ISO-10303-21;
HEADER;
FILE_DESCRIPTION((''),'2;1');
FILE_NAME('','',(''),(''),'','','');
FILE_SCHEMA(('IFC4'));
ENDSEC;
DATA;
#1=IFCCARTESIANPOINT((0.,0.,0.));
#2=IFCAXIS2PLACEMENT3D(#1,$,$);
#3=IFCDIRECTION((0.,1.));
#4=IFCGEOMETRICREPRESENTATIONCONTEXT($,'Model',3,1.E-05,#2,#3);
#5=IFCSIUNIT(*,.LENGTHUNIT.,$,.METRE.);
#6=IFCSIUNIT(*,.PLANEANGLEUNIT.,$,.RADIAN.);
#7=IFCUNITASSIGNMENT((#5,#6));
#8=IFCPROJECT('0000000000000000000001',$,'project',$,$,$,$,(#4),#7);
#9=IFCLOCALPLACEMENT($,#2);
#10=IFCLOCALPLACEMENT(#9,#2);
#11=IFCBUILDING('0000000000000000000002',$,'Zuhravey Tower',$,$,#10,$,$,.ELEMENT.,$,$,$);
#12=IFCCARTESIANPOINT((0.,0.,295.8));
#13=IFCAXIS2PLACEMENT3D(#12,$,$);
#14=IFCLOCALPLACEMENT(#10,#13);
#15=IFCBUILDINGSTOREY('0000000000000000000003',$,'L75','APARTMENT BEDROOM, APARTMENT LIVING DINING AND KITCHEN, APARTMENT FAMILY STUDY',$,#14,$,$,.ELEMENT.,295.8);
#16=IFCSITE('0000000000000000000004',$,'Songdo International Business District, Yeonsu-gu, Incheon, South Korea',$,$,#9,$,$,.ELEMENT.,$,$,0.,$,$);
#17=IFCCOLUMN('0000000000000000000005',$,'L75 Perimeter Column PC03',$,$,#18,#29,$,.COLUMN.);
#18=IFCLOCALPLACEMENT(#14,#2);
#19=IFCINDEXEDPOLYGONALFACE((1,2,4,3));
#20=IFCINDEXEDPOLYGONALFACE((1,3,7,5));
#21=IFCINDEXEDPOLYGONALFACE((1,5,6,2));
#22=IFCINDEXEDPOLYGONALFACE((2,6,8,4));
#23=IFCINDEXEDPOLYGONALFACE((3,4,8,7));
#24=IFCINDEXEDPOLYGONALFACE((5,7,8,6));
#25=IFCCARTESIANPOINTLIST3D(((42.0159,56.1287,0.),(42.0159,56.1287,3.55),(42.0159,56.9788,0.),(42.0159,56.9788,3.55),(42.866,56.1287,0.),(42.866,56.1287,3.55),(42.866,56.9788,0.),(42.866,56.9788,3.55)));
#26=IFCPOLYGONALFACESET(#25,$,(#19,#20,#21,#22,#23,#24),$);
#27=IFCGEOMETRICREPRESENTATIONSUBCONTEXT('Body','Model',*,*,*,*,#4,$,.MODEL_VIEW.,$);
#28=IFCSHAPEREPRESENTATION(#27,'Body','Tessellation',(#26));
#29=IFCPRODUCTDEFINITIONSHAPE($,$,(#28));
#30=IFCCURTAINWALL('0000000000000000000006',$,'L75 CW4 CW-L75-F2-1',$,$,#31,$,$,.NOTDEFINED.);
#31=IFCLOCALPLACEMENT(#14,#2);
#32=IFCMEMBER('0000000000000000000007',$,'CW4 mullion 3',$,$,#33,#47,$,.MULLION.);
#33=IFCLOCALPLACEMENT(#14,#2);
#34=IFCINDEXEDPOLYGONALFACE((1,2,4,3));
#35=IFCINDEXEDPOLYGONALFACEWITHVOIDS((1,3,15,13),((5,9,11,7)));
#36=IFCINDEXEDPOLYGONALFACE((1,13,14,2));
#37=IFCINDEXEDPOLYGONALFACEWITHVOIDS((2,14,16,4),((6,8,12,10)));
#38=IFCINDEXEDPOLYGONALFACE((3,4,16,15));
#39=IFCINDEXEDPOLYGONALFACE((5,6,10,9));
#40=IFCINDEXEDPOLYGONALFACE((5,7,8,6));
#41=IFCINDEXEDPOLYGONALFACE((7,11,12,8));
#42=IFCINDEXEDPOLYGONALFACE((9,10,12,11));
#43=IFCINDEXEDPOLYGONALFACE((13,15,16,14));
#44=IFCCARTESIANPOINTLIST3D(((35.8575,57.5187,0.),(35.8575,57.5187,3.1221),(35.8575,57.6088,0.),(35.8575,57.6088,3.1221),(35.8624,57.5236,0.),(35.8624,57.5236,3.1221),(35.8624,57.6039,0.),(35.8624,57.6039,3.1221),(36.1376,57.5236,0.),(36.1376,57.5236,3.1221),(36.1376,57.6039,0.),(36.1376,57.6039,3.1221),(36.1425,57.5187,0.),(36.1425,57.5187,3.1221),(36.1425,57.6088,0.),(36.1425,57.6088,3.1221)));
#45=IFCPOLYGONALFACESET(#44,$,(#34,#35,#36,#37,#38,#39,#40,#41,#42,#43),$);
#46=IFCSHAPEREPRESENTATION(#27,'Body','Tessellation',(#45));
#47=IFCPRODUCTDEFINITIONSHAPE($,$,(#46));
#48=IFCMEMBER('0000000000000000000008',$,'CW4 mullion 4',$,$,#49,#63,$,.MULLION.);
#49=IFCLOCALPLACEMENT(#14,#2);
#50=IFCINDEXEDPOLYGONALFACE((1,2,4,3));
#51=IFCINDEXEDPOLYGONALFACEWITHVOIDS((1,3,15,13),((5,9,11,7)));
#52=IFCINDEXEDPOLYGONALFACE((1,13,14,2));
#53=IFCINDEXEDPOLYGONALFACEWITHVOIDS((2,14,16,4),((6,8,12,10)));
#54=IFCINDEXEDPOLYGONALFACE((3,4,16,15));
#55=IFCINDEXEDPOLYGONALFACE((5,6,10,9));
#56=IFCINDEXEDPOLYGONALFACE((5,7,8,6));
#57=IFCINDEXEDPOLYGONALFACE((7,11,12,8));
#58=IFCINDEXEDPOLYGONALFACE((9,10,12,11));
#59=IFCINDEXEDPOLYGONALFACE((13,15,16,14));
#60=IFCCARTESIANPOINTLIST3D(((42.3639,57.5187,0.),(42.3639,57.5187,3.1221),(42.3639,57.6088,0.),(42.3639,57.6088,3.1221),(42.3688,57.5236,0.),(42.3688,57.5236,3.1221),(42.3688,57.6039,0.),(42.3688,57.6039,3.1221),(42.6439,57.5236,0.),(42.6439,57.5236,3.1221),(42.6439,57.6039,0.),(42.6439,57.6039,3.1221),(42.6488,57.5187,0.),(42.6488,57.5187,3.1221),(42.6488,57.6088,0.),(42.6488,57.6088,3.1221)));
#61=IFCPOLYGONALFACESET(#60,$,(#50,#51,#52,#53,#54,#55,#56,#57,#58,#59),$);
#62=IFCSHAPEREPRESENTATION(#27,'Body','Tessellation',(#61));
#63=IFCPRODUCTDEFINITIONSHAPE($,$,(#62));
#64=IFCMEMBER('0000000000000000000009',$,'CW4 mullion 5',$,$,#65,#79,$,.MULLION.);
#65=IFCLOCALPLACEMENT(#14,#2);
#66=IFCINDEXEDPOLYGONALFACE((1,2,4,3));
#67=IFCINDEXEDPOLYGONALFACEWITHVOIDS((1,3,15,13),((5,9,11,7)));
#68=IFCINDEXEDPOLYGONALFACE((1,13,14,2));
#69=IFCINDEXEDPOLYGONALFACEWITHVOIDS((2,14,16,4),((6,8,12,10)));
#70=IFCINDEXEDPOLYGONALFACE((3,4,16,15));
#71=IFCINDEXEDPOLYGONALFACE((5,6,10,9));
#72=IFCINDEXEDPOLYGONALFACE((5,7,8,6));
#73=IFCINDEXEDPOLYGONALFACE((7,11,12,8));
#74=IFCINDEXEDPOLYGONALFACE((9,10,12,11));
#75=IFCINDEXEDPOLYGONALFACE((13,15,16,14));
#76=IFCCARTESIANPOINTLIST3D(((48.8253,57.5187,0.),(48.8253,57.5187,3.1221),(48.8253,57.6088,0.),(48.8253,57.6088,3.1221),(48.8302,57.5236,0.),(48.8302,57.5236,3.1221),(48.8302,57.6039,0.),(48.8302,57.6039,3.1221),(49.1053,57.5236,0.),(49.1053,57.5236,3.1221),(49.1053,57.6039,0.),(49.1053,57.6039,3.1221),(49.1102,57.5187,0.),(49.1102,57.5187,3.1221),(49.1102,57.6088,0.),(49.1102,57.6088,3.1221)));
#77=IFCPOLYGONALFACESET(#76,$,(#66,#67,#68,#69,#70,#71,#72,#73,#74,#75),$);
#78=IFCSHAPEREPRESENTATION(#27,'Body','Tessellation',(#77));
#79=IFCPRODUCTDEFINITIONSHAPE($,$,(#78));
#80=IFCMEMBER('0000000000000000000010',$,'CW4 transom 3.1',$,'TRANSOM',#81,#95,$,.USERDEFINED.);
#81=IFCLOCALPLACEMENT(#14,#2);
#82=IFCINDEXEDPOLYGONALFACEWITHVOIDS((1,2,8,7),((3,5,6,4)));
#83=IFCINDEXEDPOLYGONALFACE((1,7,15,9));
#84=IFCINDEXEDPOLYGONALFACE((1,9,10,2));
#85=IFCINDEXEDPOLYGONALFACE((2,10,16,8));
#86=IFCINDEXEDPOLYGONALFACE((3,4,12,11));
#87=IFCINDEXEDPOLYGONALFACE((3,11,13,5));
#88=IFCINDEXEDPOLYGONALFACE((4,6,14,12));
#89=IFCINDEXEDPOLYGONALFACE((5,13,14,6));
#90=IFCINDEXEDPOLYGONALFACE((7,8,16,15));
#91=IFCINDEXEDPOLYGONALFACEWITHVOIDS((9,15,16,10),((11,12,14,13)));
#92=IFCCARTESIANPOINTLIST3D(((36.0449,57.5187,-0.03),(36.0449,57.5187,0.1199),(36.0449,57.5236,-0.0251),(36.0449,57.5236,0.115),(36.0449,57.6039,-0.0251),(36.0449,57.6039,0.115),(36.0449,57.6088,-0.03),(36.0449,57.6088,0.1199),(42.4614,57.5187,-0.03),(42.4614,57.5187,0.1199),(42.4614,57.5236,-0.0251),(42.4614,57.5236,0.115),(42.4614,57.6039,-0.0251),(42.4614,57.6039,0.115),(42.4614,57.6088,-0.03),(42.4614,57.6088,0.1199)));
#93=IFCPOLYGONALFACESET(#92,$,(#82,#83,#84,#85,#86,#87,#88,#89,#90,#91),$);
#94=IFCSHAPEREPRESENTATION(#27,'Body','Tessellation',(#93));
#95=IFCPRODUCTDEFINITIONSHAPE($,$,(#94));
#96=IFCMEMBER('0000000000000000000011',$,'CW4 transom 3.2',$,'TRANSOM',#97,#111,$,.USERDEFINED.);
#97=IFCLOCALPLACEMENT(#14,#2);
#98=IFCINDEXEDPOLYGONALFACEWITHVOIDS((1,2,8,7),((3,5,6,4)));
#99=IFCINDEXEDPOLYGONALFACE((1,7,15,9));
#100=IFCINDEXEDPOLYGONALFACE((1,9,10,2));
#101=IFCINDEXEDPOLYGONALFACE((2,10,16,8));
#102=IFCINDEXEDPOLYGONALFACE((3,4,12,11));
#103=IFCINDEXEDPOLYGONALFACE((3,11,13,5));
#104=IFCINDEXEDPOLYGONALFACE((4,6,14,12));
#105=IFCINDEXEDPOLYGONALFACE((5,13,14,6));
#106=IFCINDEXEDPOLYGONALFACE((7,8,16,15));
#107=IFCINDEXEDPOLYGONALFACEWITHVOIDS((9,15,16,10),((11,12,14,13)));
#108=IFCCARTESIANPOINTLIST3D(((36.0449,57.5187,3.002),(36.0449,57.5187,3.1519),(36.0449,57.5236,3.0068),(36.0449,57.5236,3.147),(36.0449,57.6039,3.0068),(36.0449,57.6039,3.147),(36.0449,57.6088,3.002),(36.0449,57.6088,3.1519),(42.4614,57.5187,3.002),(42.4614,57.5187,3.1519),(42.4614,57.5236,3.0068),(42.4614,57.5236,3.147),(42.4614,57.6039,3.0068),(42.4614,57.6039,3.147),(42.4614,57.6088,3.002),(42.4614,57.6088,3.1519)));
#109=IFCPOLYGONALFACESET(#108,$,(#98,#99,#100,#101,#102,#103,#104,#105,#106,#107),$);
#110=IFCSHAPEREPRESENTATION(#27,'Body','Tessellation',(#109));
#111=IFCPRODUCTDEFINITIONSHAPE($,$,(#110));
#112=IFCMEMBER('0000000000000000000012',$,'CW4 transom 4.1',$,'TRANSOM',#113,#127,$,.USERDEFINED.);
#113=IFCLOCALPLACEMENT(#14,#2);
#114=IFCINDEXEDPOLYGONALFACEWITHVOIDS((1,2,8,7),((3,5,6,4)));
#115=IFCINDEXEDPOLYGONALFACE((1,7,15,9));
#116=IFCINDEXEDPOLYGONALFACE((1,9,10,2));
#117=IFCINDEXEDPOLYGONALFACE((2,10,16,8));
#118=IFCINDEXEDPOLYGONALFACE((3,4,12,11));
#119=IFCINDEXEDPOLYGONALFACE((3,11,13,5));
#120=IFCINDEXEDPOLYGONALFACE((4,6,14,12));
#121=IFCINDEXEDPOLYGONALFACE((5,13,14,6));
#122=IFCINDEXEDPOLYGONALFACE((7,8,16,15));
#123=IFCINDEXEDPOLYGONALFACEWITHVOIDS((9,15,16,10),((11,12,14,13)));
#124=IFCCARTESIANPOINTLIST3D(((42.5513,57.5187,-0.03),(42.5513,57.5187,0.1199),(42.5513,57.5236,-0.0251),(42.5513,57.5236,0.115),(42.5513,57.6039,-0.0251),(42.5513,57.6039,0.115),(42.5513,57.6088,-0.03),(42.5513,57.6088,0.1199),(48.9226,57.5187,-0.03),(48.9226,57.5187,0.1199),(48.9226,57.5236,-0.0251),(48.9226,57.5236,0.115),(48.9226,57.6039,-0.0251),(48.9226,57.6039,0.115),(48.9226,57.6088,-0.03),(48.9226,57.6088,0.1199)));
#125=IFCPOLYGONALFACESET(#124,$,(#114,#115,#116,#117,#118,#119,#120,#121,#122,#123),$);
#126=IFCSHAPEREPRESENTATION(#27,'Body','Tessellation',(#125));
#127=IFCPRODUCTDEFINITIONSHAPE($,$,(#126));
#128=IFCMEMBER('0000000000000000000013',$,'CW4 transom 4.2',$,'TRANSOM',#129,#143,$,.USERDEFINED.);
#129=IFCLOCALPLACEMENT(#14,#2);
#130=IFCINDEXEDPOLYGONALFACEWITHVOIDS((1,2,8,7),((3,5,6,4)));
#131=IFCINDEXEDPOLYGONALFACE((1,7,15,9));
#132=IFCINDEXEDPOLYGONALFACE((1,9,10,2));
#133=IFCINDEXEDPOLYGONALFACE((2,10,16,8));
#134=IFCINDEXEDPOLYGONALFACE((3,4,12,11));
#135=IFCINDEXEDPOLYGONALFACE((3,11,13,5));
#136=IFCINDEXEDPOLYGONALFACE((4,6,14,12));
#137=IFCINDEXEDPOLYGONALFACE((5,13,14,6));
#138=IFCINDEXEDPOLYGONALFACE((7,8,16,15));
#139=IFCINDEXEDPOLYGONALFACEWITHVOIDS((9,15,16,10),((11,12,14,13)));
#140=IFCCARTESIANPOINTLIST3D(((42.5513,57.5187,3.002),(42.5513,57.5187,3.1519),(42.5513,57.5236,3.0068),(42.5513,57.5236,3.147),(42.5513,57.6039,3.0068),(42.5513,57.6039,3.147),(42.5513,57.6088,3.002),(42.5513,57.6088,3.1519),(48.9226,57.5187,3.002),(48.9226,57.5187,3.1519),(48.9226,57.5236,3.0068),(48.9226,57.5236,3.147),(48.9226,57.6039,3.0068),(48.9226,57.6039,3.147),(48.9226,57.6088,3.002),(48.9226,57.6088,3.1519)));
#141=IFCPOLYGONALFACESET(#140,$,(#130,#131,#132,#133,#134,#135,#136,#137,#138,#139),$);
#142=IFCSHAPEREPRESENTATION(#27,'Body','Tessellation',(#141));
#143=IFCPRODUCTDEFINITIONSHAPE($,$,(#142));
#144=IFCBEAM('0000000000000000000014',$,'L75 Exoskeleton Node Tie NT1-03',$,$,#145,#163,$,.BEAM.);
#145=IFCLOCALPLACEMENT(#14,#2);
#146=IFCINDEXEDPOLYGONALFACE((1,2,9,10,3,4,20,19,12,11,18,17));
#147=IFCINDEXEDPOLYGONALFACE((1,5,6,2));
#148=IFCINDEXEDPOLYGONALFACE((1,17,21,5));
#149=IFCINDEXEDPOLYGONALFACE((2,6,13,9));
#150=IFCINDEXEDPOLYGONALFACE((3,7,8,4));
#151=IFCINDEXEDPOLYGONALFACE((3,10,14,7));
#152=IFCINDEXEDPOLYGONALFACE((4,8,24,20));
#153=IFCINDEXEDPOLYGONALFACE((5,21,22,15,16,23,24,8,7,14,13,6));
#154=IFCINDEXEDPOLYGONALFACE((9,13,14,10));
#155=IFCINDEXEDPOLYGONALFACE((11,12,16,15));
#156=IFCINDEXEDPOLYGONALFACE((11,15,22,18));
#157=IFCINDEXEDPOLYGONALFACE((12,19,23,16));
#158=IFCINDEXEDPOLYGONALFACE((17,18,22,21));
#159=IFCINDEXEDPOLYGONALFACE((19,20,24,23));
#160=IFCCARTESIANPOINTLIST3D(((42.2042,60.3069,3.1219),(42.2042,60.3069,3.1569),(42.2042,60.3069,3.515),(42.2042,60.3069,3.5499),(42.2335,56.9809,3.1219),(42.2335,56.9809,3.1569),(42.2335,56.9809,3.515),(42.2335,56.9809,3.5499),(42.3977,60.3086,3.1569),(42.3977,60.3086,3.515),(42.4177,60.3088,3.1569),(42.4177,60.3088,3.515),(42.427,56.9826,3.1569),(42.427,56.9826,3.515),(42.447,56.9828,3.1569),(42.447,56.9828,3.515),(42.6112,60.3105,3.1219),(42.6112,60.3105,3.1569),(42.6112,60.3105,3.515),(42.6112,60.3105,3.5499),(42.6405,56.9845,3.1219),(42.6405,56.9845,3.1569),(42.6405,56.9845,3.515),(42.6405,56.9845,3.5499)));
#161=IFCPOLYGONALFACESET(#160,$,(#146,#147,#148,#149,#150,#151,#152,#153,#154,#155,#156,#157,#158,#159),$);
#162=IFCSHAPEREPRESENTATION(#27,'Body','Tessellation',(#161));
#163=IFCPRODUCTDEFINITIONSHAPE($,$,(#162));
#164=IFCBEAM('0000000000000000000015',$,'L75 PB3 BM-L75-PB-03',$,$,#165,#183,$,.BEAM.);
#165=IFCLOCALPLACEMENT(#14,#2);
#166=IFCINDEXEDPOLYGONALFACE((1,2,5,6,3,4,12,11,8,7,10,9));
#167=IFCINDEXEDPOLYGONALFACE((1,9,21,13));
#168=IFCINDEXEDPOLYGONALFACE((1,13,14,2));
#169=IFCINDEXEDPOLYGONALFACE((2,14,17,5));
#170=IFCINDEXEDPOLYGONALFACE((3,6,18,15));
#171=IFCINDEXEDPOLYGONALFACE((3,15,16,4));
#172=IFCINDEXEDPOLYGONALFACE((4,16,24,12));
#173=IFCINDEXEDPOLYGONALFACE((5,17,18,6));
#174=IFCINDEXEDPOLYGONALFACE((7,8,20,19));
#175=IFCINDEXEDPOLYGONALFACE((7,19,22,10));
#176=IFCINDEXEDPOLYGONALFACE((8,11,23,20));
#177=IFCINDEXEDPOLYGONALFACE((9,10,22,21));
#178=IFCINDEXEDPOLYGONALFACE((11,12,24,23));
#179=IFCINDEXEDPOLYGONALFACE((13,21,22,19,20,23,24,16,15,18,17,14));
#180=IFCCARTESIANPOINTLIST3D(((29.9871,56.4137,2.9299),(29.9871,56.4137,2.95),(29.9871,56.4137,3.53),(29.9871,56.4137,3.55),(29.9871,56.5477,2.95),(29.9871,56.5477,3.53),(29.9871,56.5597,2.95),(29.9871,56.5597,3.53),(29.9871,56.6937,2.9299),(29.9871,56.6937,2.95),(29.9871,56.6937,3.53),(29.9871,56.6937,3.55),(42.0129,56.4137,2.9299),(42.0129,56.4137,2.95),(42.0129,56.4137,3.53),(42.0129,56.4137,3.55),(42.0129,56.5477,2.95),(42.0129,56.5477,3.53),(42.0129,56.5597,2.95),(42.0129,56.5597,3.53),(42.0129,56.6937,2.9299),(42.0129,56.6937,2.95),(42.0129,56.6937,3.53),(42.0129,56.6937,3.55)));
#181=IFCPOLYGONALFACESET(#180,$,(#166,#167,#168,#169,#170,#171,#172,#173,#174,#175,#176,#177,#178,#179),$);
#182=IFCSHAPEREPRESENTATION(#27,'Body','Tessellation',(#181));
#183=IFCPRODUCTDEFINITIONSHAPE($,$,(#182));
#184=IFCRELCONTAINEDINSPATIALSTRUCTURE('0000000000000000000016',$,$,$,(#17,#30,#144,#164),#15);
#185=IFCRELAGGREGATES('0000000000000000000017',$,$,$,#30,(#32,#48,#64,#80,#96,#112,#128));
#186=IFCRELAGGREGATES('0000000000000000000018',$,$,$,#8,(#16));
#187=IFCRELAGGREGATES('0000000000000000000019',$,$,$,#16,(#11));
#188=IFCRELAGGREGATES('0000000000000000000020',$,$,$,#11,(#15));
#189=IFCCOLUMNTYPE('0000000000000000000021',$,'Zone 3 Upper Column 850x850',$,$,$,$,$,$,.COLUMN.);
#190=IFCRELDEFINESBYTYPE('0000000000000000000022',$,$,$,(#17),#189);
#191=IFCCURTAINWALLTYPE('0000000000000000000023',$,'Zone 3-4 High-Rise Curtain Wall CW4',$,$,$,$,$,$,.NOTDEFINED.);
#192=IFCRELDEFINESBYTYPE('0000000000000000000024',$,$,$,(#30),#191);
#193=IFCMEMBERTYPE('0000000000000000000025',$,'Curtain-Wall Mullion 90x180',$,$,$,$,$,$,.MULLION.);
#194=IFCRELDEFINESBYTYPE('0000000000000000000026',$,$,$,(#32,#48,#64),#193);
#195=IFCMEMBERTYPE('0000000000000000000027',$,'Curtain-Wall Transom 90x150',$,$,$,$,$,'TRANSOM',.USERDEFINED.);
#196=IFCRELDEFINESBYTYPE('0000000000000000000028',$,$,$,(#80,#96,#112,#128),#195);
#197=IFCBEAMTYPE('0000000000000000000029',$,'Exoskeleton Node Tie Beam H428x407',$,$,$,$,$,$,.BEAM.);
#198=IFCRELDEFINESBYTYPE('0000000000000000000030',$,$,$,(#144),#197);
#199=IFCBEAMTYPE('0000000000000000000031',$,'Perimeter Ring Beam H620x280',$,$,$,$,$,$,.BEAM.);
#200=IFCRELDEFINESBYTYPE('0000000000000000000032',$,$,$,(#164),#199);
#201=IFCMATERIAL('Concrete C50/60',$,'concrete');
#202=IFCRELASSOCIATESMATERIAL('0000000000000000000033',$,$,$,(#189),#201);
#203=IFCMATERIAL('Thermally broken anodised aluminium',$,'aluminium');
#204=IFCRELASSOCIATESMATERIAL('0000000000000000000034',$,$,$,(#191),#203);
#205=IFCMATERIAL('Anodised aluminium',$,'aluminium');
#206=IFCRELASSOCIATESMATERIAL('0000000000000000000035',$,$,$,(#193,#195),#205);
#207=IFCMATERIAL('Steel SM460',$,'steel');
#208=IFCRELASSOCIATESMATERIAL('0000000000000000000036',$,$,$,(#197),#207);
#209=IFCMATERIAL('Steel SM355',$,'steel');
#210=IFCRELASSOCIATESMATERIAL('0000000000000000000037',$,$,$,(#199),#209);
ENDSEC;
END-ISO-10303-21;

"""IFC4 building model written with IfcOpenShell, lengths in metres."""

from ifc_helpers import new_model, si_unit, direction, frame, origin, origin_2d, place, context, subcontext, project, spatial, rectangle, hollow_rectangle, i_section, extrude, material, material_profile, profile_set, type_object, element, aggregate, save


model = new_model("IFC4")

# Units and contexts
model_context = context("Model", 3, precision=1e-05, world=origin(), true_north=direction((0.0, 1.0)))
body_context = subcontext(model_context, "Body", "Model", "MODEL_VIEW")
ifc_project = project(units=[si_unit("LENGTHUNIT", "METRE"), si_unit("PLANEANGLEUNIT", "RADIAN")], contexts=[model_context])

# Site, building, storey
site_placement = place(None, origin())
site = spatial("IfcSite", under=ifc_project, at=site_placement, Name="Songdo International Business District, Yeonsu-gu, Incheon, South Korea", CompositionType="ELEMENT", RefElevation=0.0)
building_placement = place(site_placement, origin())
building = spatial("IfcBuilding", under=site, at=building_placement, Name="Zuhravey Tower", CompositionType="ELEMENT")
storey_placement = place(building_placement, frame((0.0, 0.0, 295.8)))
storey = spatial("IfcBuildingStorey", under=building, at=storey_placement, Name="L75", Description="APARTMENT BEDROOM, APARTMENT LIVING DINING AND KITCHEN, APARTMENT FAMILY STUDY", CompositionType="ELEMENT", Elevation=295.8)

# Column
ifc_material_1 = material(Name="Concrete C50/60", Category="concrete")
ifc_material_profile_1 = material_profile(ifc_material_1, rectangle(XDim=0.8501, YDim=0.8501, at=origin_2d()), Name="RC-850x850")
ifc_profile_set_1 = profile_set([ifc_material_profile_1], Name="Concrete C50/60")
column_type = type_object("IfcColumnType", Name="Zone 3 Upper Column 850x850", PredefinedType="COLUMN", material=ifc_profile_set_1)
column_placement = place(storey_placement, frame((42.4409, 56.5537, 0.0), z_axis=(0.0, 0.0, 1.0), x_axis=(-1.0, 0.0, 0.0)))
element("IfcColumn", 1, at=column_placement, inside=storey, type_object=column_type, Name="L75 Perimeter Column PC03", PredefinedType="COLUMN", context=body_context, shape_type="SweptSolid", body=[
    extrude(rectangle(XDim=0.8501, YDim=0.8501, at=origin_2d()), origin(), (0.0, 0.0, 1.0), 3.55),
])

# Curtain wall, members
ifc_material_2 = material(Name="Thermally broken anodised aluminium", Category="aluminium")
curtain_wall_type = type_object("IfcCurtainWallType", Name="Zone 3-4 High-Rise Curtain Wall CW4", PredefinedType="NOTDEFINED", material=ifc_material_2)
curtain_wall_placement = place(storey_placement, origin())
curtain_wall = element("IfcCurtainWall", 2, at=curtain_wall_placement, inside=storey, type_object=curtain_wall_type, Name="L75 CW4 CW-L75-F2-1", PredefinedType="NOTDEFINED")
ifc_material_3 = material(Name="Anodised aluminium", Category="aluminium")
ifc_material_profile_2 = material_profile(ifc_material_3, hollow_rectangle(XDim=0.0901, YDim=0.2849, WallThickness=0.0049, at=origin_2d()), Name="ALU-RHS-90x285x5")
ifc_profile_set_2 = profile_set([ifc_material_profile_2], Name="Anodised aluminium")
member_type_1 = type_object("IfcMemberType", Name="Curtain-Wall Mullion 90x180", PredefinedType="MULLION", material=ifc_profile_set_2)
member_1_placement = place(storey_placement, frame((36.0, 57.5637, 0.0), z_axis=(0.0, 0.0, 1.0), x_axis=(0.0, 1.0, 0.0)))
member_1 = element("IfcMember", 3, at=member_1_placement, type_object=member_type_1, Name="CW4 mullion 3", PredefinedType="MULLION", context=body_context, shape_type="SweptSolid", body=[
    extrude(hollow_rectangle(XDim=0.0901, YDim=0.2849, WallThickness=0.0049, at=origin_2d()), origin(), (0.0, 0.0, 1.0), 3.1221),
])
member_2_placement = place(storey_placement, frame((42.5063, 57.5637, 0.0), z_axis=(0.0, 0.0, 1.0), x_axis=(0.0, 1.0, 0.0)))
member_2 = element("IfcMember", 4, at=member_2_placement, type_object=member_type_1, Name="CW4 mullion 4", PredefinedType="MULLION", context=body_context, shape_type="SweptSolid", body=[
    extrude(hollow_rectangle(XDim=0.0901, YDim=0.2849, WallThickness=0.0049, at=origin_2d()), origin(), (0.0, 0.0, 1.0), 3.1221),
])
member_3_placement = place(storey_placement, frame((48.9678, 57.5637, 0.0), z_axis=(0.0, 0.0, 1.0), x_axis=(0.0, 1.0, 0.0)))
member_3 = element("IfcMember", 5, at=member_3_placement, type_object=member_type_1, Name="CW4 mullion 5", PredefinedType="MULLION", context=body_context, shape_type="SweptSolid", body=[
    extrude(hollow_rectangle(XDim=0.0901, YDim=0.2849, WallThickness=0.0049, at=origin_2d()), origin(), (0.0, 0.0, 1.0), 3.1221),
])
ifc_material_profile_3 = material_profile(ifc_material_3, hollow_rectangle(XDim=0.0901, YDim=0.1499, WallThickness=0.0049, at=origin_2d()), Name="ALU-RHS-90x150x5")
ifc_profile_set_3 = profile_set([ifc_material_profile_3], Name="Anodised aluminium")
member_type_2 = type_object("IfcMemberType", Name="Curtain-Wall Transom 90x150", ElementType="TRANSOM", PredefinedType="USERDEFINED", material=ifc_profile_set_3)
member_4_placement = place(storey_placement, frame((36.0449, 57.5637, 0.0449), z_axis=(1.0, 0.0, 0.0), x_axis=(0.0, 1.0, 0.0)))
member_4 = element("IfcMember", 6, at=member_4_placement, type_object=member_type_2, Name="CW4 transom 3.1", ObjectType="TRANSOM", PredefinedType="USERDEFINED", context=body_context, shape_type="SweptSolid", body=[
    extrude(hollow_rectangle(XDim=0.0901, YDim=0.1499, WallThickness=0.0049, at=origin_2d()), origin(), (0.0, 0.0, 1.0), 6.4165),
])
member_5_placement = place(storey_placement, frame((36.0449, 57.5637, 3.0769), z_axis=(1.0, 0.0, 0.0), x_axis=(0.0, 1.0, 0.0)))
member_5 = element("IfcMember", 7, at=member_5_placement, type_object=member_type_2, Name="CW4 transom 3.2", ObjectType="TRANSOM", PredefinedType="USERDEFINED", context=body_context, shape_type="SweptSolid", body=[
    extrude(hollow_rectangle(XDim=0.0901, YDim=0.1499, WallThickness=0.0049, at=origin_2d()), origin(), (0.0, 0.0, 1.0), 6.4165),
])
member_6_placement = place(storey_placement, frame((42.5513, 57.5637, 0.0449), z_axis=(1.0, 0.0, 0.0), x_axis=(0.0, 1.0, 0.0)))
member_6 = element("IfcMember", 8, at=member_6_placement, type_object=member_type_2, Name="CW4 transom 4.1", ObjectType="TRANSOM", PredefinedType="USERDEFINED", context=body_context, shape_type="SweptSolid", body=[
    extrude(hollow_rectangle(XDim=0.0901, YDim=0.1499, WallThickness=0.0049, at=origin_2d()), origin(), (0.0, 0.0, 1.0), 6.3713),
])
member_7_placement = place(storey_placement, frame((42.5513, 57.5637, 3.0769), z_axis=(1.0, 0.0, 0.0), x_axis=(0.0, 1.0, 0.0)))
member_7 = element("IfcMember", 9, at=member_7_placement, type_object=member_type_2, Name="CW4 transom 4.2", ObjectType="TRANSOM", PredefinedType="USERDEFINED", context=body_context, shape_type="SweptSolid", body=[
    extrude(hollow_rectangle(XDim=0.0901, YDim=0.1499, WallThickness=0.0049, at=origin_2d()), origin(), (0.0, 0.0, 1.0), 6.3713),
])

# Beams
ifc_material_4 = material(Name="Steel SM460", Category="steel")
ifc_material_profile_4 = material_profile(ifc_material_4, i_section(OverallWidth=0.407, OverallDepth=0.428, WebThickness=0.02, FlangeThickness=0.0349, at=origin_2d()), Name="H-428x407x20x35")
ifc_profile_set_4 = profile_set([ifc_material_profile_4], Name="Steel SM460")
beam_type_1 = type_object("IfcBeamType", Name="Exoskeleton Node Tie Beam H428x407", PredefinedType="BEAM", material=ifc_profile_set_4)
beam_1_placement = place(storey_placement, frame((42.437, 56.9827, 3.3359), z_axis=(-0.008808, 0.999961, 0.0), x_axis=(-0.999961, -0.008808, 0.0)))
element("IfcBeam", 10, at=beam_1_placement, inside=storey, type_object=beam_type_1, Name="L75 Exoskeleton Node Tie NT1-03", PredefinedType="BEAM", context=body_context, shape_type="SweptSolid", body=[
    extrude(i_section(OverallWidth=0.407, OverallDepth=0.428, WebThickness=0.02, FlangeThickness=0.0349, at=origin_2d()), origin(), (0.0, 0.0, 1.0), 3.3262),
])
ifc_material_5 = material(Name="Steel SM355", Category="steel")
ifc_material_profile_5 = material_profile(ifc_material_5, i_section(OverallWidth=0.28, OverallDepth=0.6201, WebThickness=0.012, FlangeThickness=0.02, at=origin_2d()), Name="H-620x280x12x20")
ifc_profile_set_5 = profile_set([ifc_material_profile_5], Name="Steel SM355")
beam_type_2 = type_object("IfcBeamType", Name="Perimeter Ring Beam H620x280", PredefinedType="BEAM", material=ifc_profile_set_5)
beam_2_placement = place(storey_placement, frame((42.0129, 56.5537, 3.24), z_axis=(-1.0, 0.0, 0.0), x_axis=(0.0, -1.0, 0.0)))
element("IfcBeam", 11, at=beam_2_placement, inside=storey, type_object=beam_type_2, Name="L75 PB3 BM-L75-PB-03", PredefinedType="BEAM", context=body_context, shape_type="SweptSolid", body=[
    extrude(i_section(OverallWidth=0.28, OverallDepth=0.6201, WebThickness=0.012, FlangeThickness=0.02, at=origin_2d()), origin(), (0.0, 0.0, 1.0), 12.0259),
])

aggregate(curtain_wall, [member_1, member_2, member_3, member_4, member_5, member_6, member_7])

save(model, "model.ifc")
